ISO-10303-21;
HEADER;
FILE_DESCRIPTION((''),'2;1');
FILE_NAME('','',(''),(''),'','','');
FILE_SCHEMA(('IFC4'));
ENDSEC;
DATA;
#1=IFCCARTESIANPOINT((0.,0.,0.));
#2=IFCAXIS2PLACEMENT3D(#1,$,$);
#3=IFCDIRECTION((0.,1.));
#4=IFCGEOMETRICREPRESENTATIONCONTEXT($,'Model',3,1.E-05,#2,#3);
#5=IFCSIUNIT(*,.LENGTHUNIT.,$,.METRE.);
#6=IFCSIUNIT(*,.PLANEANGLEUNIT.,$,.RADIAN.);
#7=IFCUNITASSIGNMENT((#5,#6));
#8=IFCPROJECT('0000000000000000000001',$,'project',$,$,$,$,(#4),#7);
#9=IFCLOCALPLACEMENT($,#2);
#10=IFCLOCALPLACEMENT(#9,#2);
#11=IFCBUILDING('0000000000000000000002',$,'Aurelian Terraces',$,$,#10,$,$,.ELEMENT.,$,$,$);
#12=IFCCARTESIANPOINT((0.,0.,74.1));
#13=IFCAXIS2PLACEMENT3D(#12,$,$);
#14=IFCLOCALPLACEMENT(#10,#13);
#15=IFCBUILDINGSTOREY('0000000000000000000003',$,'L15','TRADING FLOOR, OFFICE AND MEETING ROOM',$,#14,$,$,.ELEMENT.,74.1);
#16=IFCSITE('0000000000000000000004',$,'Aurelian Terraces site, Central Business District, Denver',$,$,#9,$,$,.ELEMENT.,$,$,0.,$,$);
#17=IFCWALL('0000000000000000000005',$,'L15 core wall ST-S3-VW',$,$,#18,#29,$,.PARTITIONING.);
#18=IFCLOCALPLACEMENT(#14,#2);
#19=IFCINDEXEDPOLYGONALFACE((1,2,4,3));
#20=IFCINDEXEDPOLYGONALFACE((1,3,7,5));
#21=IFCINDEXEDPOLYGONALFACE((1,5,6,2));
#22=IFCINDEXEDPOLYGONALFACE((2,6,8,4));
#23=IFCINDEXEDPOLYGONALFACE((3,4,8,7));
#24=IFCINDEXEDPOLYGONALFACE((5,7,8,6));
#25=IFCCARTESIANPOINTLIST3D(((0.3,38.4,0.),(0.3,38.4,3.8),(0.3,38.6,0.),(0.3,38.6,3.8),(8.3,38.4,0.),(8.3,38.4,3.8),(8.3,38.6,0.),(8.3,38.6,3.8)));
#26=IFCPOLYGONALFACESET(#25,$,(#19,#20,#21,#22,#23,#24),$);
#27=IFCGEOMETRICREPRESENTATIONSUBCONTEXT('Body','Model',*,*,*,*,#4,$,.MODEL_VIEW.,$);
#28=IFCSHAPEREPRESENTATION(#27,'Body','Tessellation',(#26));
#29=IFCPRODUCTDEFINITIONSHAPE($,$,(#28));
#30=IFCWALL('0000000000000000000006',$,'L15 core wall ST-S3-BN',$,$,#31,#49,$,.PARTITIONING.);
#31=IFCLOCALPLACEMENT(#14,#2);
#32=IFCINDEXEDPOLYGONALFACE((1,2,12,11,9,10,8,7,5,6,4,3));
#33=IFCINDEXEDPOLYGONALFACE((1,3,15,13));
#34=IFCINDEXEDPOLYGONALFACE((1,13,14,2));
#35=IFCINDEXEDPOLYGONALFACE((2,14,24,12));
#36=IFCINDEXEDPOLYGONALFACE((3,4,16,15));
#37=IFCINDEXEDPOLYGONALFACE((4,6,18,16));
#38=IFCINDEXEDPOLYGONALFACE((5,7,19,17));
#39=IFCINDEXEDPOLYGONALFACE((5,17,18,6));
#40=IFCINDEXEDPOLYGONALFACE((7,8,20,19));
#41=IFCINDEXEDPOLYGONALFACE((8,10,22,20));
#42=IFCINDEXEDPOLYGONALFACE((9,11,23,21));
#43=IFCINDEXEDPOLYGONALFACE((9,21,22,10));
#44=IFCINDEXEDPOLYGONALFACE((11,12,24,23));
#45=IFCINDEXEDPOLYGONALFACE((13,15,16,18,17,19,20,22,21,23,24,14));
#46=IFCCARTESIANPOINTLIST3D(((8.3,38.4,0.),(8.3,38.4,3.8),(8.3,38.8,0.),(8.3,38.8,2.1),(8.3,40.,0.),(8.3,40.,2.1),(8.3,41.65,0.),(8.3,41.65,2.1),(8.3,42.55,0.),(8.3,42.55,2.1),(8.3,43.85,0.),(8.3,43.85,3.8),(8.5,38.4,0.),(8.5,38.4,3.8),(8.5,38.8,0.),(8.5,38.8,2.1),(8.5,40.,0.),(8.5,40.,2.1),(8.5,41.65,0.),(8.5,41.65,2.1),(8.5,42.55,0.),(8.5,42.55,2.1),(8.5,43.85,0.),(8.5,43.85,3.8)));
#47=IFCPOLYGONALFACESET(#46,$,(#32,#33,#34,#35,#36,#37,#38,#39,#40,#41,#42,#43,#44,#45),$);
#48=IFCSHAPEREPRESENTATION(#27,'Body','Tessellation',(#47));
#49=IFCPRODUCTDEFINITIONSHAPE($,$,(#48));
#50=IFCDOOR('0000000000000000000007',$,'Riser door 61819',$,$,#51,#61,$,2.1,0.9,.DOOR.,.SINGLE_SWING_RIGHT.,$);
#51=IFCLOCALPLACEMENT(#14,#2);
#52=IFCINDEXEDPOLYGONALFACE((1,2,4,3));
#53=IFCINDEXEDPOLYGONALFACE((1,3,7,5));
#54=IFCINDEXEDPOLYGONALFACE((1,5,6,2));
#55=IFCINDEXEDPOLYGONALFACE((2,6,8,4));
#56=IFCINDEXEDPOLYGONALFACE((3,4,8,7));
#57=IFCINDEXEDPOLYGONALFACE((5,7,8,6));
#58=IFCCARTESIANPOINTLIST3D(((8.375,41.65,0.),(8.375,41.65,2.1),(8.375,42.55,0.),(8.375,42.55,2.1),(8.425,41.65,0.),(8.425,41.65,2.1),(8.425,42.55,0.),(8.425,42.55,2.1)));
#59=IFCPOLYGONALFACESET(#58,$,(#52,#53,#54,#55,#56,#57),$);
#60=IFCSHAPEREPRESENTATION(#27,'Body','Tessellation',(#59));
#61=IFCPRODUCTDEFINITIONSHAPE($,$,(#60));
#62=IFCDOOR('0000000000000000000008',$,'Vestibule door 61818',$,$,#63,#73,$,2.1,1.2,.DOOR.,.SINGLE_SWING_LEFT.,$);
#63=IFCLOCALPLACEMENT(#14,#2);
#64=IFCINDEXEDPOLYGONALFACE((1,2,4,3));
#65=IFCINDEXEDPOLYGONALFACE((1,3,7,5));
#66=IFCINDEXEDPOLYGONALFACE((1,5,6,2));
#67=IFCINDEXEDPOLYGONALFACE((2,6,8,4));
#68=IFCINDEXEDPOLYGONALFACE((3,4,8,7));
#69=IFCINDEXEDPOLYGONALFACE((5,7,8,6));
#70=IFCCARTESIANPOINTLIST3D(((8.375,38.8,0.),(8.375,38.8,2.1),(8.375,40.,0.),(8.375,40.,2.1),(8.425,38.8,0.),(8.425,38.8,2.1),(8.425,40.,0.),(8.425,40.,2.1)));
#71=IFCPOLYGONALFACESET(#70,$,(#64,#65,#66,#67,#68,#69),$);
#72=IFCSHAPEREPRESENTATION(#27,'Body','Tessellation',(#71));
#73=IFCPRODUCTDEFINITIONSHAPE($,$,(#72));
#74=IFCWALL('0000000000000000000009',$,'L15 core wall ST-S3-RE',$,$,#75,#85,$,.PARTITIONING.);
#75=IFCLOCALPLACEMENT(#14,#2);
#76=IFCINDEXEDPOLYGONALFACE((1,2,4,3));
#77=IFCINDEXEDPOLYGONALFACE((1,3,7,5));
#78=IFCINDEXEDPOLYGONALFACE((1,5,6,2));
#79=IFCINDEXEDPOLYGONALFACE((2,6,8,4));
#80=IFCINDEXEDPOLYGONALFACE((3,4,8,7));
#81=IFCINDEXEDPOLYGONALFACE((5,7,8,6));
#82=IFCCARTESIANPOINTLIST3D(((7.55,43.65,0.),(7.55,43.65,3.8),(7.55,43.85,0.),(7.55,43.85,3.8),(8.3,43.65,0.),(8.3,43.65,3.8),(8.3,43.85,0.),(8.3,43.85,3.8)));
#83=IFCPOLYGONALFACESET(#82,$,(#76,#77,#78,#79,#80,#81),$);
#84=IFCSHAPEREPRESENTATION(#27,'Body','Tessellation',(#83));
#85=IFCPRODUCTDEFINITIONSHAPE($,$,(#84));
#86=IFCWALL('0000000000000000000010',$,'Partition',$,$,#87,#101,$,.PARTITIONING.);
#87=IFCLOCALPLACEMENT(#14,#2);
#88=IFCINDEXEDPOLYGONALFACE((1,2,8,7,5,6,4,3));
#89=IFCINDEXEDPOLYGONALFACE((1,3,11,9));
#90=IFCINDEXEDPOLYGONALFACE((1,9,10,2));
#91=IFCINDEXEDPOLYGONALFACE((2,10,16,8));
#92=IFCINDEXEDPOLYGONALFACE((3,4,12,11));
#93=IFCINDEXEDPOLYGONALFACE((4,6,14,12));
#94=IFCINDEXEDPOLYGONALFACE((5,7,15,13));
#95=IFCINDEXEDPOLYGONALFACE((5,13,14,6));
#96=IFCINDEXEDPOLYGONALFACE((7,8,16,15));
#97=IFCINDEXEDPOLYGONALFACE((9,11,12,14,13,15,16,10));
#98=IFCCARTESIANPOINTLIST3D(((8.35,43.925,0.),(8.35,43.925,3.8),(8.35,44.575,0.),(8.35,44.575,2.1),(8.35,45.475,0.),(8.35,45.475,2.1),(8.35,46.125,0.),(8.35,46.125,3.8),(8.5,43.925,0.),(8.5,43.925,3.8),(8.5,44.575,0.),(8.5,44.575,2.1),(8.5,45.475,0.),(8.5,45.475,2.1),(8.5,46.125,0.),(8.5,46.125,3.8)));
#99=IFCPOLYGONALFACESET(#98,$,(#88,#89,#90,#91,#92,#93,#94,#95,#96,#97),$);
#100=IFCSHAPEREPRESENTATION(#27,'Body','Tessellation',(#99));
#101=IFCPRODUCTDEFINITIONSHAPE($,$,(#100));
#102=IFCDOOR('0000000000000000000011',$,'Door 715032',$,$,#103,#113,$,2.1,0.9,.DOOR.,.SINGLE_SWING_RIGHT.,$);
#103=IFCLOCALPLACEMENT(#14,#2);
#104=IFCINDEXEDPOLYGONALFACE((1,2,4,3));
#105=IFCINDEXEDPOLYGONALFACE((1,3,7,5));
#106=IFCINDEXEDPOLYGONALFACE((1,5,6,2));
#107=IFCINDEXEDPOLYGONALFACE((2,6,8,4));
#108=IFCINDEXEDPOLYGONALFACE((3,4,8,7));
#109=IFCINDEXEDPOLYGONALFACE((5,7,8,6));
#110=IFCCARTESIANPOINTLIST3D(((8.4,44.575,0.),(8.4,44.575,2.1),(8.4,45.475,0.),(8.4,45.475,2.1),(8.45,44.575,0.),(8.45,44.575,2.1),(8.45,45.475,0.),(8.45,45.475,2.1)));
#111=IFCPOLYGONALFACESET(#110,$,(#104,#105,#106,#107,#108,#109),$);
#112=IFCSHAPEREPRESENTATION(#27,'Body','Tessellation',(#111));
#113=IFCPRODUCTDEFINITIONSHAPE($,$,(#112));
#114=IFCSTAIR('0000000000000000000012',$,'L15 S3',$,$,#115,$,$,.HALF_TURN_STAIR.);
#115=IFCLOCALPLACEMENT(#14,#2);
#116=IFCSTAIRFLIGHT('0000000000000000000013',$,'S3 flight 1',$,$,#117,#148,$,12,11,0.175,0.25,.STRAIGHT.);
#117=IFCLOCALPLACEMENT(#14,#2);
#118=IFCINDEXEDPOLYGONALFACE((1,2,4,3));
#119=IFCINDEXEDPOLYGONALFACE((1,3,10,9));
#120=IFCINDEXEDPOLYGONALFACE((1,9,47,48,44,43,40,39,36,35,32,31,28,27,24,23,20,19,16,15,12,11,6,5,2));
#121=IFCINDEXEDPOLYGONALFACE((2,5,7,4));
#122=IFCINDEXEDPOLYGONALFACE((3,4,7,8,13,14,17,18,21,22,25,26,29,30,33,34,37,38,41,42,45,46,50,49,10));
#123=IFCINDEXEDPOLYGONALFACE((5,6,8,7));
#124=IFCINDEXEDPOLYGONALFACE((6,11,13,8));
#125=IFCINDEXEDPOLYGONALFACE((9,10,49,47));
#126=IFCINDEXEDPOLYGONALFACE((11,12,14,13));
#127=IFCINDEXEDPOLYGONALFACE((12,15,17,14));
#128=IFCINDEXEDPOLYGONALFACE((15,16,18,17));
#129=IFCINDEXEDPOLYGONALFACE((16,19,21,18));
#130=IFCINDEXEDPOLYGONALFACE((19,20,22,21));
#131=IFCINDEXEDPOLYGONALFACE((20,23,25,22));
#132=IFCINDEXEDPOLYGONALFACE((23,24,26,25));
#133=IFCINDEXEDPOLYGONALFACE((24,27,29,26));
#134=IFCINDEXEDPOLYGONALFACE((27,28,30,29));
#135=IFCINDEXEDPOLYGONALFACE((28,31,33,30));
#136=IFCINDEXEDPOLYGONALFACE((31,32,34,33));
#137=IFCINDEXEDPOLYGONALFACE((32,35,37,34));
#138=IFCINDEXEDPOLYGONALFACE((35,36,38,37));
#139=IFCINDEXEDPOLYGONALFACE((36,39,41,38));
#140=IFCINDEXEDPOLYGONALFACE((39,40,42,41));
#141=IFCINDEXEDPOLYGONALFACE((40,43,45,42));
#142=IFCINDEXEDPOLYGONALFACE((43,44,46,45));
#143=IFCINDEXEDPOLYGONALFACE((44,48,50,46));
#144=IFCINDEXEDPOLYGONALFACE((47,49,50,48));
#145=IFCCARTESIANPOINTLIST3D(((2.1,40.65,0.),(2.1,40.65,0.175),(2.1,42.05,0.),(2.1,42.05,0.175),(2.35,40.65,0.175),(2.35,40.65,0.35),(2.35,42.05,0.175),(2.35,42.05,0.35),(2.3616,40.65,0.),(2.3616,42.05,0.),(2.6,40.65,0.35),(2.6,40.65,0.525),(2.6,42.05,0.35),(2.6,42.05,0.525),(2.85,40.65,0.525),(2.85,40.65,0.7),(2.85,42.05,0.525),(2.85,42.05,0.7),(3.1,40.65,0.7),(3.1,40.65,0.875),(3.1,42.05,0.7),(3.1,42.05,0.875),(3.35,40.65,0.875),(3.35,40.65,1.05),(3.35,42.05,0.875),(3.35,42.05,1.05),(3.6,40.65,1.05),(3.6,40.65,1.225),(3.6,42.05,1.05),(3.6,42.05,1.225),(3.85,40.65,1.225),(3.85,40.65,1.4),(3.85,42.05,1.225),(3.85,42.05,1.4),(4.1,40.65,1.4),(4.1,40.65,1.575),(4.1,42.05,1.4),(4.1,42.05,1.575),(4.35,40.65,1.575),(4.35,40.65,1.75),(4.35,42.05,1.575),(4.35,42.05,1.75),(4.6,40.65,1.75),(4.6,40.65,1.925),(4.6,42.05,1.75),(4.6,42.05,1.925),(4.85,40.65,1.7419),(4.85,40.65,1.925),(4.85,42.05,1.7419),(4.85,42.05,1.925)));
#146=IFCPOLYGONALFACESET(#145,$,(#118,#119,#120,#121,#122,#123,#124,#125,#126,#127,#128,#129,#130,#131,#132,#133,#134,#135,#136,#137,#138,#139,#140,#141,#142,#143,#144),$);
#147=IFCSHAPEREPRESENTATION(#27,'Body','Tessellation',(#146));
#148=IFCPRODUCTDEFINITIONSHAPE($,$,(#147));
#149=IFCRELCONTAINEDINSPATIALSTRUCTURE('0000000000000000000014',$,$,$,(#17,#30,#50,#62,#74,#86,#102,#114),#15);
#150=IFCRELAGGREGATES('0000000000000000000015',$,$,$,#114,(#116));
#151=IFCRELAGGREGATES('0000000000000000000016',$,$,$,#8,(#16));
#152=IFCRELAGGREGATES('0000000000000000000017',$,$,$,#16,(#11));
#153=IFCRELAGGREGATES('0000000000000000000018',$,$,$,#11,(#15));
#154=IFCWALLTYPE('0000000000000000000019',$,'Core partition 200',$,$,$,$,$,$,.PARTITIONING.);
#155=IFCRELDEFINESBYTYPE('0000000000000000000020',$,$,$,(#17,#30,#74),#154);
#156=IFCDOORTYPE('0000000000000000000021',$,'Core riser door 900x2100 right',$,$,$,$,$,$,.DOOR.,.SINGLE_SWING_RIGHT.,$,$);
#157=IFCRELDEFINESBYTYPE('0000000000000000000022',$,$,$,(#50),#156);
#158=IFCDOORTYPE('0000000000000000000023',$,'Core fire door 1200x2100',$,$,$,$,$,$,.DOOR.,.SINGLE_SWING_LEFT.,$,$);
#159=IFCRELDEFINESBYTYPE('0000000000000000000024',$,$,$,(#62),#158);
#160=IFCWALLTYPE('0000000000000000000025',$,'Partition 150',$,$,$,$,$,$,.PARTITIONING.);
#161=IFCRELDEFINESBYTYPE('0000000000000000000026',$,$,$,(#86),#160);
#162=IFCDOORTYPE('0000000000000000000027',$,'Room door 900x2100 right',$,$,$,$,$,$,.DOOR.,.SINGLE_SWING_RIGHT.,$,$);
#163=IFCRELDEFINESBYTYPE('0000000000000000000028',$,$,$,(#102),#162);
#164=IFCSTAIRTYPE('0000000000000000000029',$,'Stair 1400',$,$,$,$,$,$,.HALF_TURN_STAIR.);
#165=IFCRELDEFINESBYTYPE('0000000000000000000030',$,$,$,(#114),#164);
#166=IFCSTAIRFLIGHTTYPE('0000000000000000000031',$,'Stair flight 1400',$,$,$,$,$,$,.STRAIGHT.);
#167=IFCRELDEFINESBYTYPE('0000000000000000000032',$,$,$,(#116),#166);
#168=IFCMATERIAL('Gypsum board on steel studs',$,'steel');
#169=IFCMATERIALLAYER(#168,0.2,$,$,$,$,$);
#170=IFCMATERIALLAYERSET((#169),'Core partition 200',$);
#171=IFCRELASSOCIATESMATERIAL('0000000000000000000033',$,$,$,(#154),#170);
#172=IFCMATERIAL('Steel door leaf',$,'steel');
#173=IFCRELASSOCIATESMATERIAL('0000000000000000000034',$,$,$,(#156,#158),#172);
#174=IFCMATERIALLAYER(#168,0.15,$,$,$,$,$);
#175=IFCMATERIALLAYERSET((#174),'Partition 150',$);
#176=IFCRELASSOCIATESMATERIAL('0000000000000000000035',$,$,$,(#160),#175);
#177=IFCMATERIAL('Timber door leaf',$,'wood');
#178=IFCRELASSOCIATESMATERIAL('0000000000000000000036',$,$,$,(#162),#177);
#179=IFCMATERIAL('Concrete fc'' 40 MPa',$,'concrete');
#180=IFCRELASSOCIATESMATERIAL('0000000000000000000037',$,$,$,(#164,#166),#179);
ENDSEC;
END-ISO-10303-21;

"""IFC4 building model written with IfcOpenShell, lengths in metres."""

from ifc_helpers import new_model, si_unit, direction, frame, frame_2d, origin, place, context, subcontext, project, spatial, polyline, rectangle, outline, extrude, source, transform, mapped, material, layer, layer_set, type_object, element, fill, aggregate, save


model = new_model("IFC4")

# Units and contexts
model_context = context("Model", 3, precision=1e-05, world=origin(), true_north=direction((0.0, 1.0)))
body_context = subcontext(model_context, "Body", "Model", "MODEL_VIEW")
ifc_project = project(units=[si_unit("LENGTHUNIT", "METRE"), si_unit("PLANEANGLEUNIT", "RADIAN")], contexts=[model_context])

# Site, building, storey
site_placement = place(None, origin())
site = spatial("IfcSite", under=ifc_project, at=site_placement, Name="Aurelian Terraces site, Central Business District, Denver", CompositionType="ELEMENT", RefElevation=0.0)
building_placement = place(site_placement, origin())
building = spatial("IfcBuilding", under=site, at=building_placement, Name="Aurelian Terraces", CompositionType="ELEMENT")
storey_placement = place(building_placement, frame((0.0, 0.0, 74.1)))
storey = spatial("IfcBuildingStorey", under=building, at=storey_placement, Name="L15", Description="TRADING FLOOR, OFFICE AND MEETING ROOM", CompositionType="ELEMENT", Elevation=74.1)

# Shared definitions
ifc_material_1 = material(Name="Concrete fc' 40 MPa", Category="concrete")
ifc_material_2 = material(Name="Steel door leaf", Category="steel")

# Wall
ifc_material_3 = material(Name="Gypsum board on steel studs", Category="steel")
ifc_layer_1 = layer(ifc_material_3, 0.2)
ifc_layer_set_1 = layer_set([ifc_layer_1], Name="Core partition 200")
wall_type_1 = type_object("IfcWallType", Name="Core partition 200", PredefinedType="PARTITIONING", material=ifc_layer_set_1)
shared_shape_1 = source(origin(), body_context, "Body", "SweptSolid", [
    extrude(rectangle(XDim=8.0, YDim=0.2, at=frame_2d((4.0, 0.0))), origin(), (0.0, 0.0, 1.0), 3.8),
])
wall_1_placement = place(storey_placement, frame((0.3, 38.5, 0.0), z_axis=(0.0, 0.0, 1.0), x_axis=(1.0, 0.0, 0.0)))
element("IfcWall", 1, at=wall_1_placement, inside=storey, type_object=wall_type_1, Name="L15 core wall ST-S3-VW", PredefinedType="PARTITIONING", context=body_context, shape_type="MappedRepresentation", body=[
    mapped(shared_shape_1, transform((0.0, 0.0, 0.0), scale=1.0)),
])

# Wall, openings, doors
shared_shape_2 = source(origin(), body_context, "Body", "SweptSolid", [
    extrude(rectangle(XDim=5.45, YDim=0.2, at=frame_2d((2.725, 0.0))), origin(), (0.0, 0.0, 1.0), 3.8),
])
wall_2_placement = place(storey_placement, frame((8.4, 38.4, 0.0), z_axis=(0.0, 0.0, 1.0), x_axis=(0.0, 1.0, 0.0)))
wall_2 = element("IfcWall", 2, at=wall_2_placement, inside=storey, type_object=wall_type_1, Name="L15 core wall ST-S3-BN", PredefinedType="PARTITIONING", context=body_context, shape_type="MappedRepresentation", body=[
    mapped(shared_shape_2, transform((0.0, 0.0, 0.0), scale=1.0)),
])
shared_shape_3 = source(origin(), body_context, "Body", "SweptSolid", [
    extrude(rectangle(XDim=1.2, YDim=2.1, at=frame_2d((0.6, 1.05))), frame((0.0, 0.11, 0.0), z_axis=(0.0, -1.0, 0.0), x_axis=(1.0, 0.0, 0.0)), (0.0, 0.0, 1.0), 0.22),
])
opening_1_placement = place(wall_2_placement, frame((0.4, 0.0, 0.0)))
opening_1 = element("IfcOpeningElement", 3, at=opening_1_placement, cuts=wall_2, PredefinedType="OPENING", context=body_context, shape_type="MappedRepresentation", body=[
    mapped(shared_shape_3, transform((0.0, 0.0, 0.0), scale=1.0)),
])
shared_shape_4 = source(origin(), body_context, "Body", "SweptSolid", [
    extrude(rectangle(XDim=0.9, YDim=2.1, at=frame_2d((0.45, 1.05))), frame((0.0, 0.11, 0.0), z_axis=(0.0, -1.0, 0.0), x_axis=(1.0, 0.0, 0.0)), (0.0, 0.0, 1.0), 0.22),
])
opening_2_placement = place(wall_2_placement, frame((3.25, 0.0, 0.0)))
opening_2 = element("IfcOpeningElement", 4, at=opening_2_placement, cuts=wall_2, PredefinedType="OPENING", context=body_context, shape_type="MappedRepresentation", body=[
    mapped(shared_shape_4, transform((0.0, 0.0, 0.0), scale=1.0)),
])
door_type_1 = type_object("IfcDoorType", Name="Core riser door 900x2100 right", OperationType="SINGLE_SWING_RIGHT", PredefinedType="DOOR", material=ifc_material_2)
shared_shape_5 = source(origin(), body_context, "Body", "SweptSolid", [
    extrude(rectangle(XDim=0.9, YDim=2.1, at=frame_2d((0.45, 1.05))), frame((0.0, 0.025, 0.0), z_axis=(0.0, -1.0, 0.0), x_axis=(1.0, 0.0, 0.0)), (0.0, 0.0, 1.0), 0.05),
])
door_1_placement = place(opening_2_placement, origin())
door_1 = element("IfcDoor", 5, at=door_1_placement, inside=storey, type_object=door_type_1, Name="Riser door 61819", OperationType="SINGLE_SWING_RIGHT", OverallHeight=2.1, OverallWidth=0.9, PredefinedType="DOOR", context=body_context, shape_type="MappedRepresentation", body=[
    mapped(shared_shape_5, transform((0.0, 0.0, 0.0), scale=1.0)),
])
fill(opening_2, door_1)
door_type_2 = type_object("IfcDoorType", Name="Core fire door 1200x2100", OperationType="SINGLE_SWING_LEFT", PredefinedType="DOOR", material=ifc_material_2)
shared_shape_6 = source(origin(), body_context, "Body", "SweptSolid", [
    extrude(rectangle(XDim=1.2, YDim=2.1, at=frame_2d((0.6, 1.05))), frame((0.0, 0.025, 0.0), z_axis=(0.0, -1.0, 0.0), x_axis=(1.0, 0.0, 0.0)), (0.0, 0.0, 1.0), 0.05),
])
door_2_placement = place(opening_1_placement, origin())
door_2 = element("IfcDoor", 6, at=door_2_placement, inside=storey, type_object=door_type_2, Name="Vestibule door 61818", OperationType="SINGLE_SWING_LEFT", OverallHeight=2.1, OverallWidth=1.2, PredefinedType="DOOR", context=body_context, shape_type="MappedRepresentation", body=[
    mapped(shared_shape_6, transform((0.0, 0.0, 0.0), scale=1.0)),
])
fill(opening_1, door_2)

# Wall
shared_shape_7 = source(origin(), body_context, "Body", "SweptSolid", [
    extrude(rectangle(XDim=0.75, YDim=0.2, at=frame_2d((0.375, 0.0))), origin(), (0.0, 0.0, 1.0), 3.8),
])
wall_3_placement = place(storey_placement, frame((7.55, 43.75, 0.0), z_axis=(0.0, 0.0, 1.0), x_axis=(1.0, 0.0, 0.0)))
element("IfcWall", 7, at=wall_3_placement, inside=storey, type_object=wall_type_1, Name="L15 core wall ST-S3-RE", PredefinedType="PARTITIONING", context=body_context, shape_type="MappedRepresentation", body=[
    mapped(shared_shape_7, transform((0.0, 0.0, 0.0), scale=1.0)),
])

# Wall, opening, door
ifc_layer_2 = layer(ifc_material_3, 0.15)
ifc_layer_set_2 = layer_set([ifc_layer_2], Name="Partition 150")
wall_type_2 = type_object("IfcWallType", Name="Partition 150", PredefinedType="PARTITIONING", material=ifc_layer_set_2)
shared_shape_8 = source(origin(), body_context, "Body", "SweptSolid", [
    extrude(rectangle(XDim=2.2, YDim=0.15, at=frame_2d((1.1, 0.0))), origin(), (0.0, 0.0, 1.0), 3.8),
])
wall_4_placement = place(storey_placement, frame((8.425, 43.925, 0.0), z_axis=(0.0, 0.0, 1.0), x_axis=(0.0, 1.0, 0.0)))
wall_4 = element("IfcWall", 8, at=wall_4_placement, inside=storey, type_object=wall_type_2, Name="Partition", PredefinedType="PARTITIONING", context=body_context, shape_type="MappedRepresentation", body=[
    mapped(shared_shape_8, transform((0.0, 0.0, 0.0), scale=1.0)),
])
shared_shape_9 = source(origin(), body_context, "Body", "SweptSolid", [
    extrude(rectangle(XDim=0.9, YDim=2.1, at=frame_2d((0.45, 1.05))), frame((0.0, 0.085, 0.0), z_axis=(0.0, -1.0, 0.0), x_axis=(1.0, 0.0, 0.0)), (0.0, 0.0, 1.0), 0.17),
])
opening_3_placement = place(wall_4_placement, frame((0.65, 0.0, 0.0)))
opening_3 = element("IfcOpeningElement", 9, at=opening_3_placement, cuts=wall_4, PredefinedType="OPENING", context=body_context, shape_type="MappedRepresentation", body=[
    mapped(shared_shape_9, transform((0.0, 0.0, 0.0), scale=1.0)),
])
ifc_material_4 = material(Name="Timber door leaf", Category="wood")
door_type_3 = type_object("IfcDoorType", Name="Room door 900x2100 right", OperationType="SINGLE_SWING_RIGHT", PredefinedType="DOOR", material=ifc_material_4)
door_3_placement = place(opening_3_placement, origin())
door_3 = element("IfcDoor", 10, at=door_3_placement, inside=storey, type_object=door_type_3, Name="Door 715032", OperationType="SINGLE_SWING_RIGHT", OverallHeight=2.1, OverallWidth=0.9, PredefinedType="DOOR", context=body_context, shape_type="MappedRepresentation", body=[
    mapped(shared_shape_5, transform((0.0, 0.0, 0.0), scale=1.0)),
])
fill(opening_3, door_3)

# Stair, stair flight
stair_type = type_object("IfcStairType", Name="Stair 1400", PredefinedType="HALF_TURN_STAIR", material=ifc_material_1)
stair_placement = place(storey_placement, origin())
stair = element("IfcStair", 11, at=stair_placement, inside=storey, type_object=stair_type, Name="L15 S3", PredefinedType="HALF_TURN_STAIR")
stair_flight_type = type_object("IfcStairFlightType", Name="Stair flight 1400", PredefinedType="STRAIGHT", material=ifc_material_1)
shared_shape_10 = source(origin(), body_context, "Body", "SweptSolid", [
    extrude(outline(polyline([(0.0, 0.0), (0.0, 0.175), (0.25, 0.175), (0.25, 0.35), (0.5, 0.35), (0.5, 0.525), (0.75, 0.525), (0.75, 0.7), (1.0, 0.7), (1.0, 0.875), (1.25, 0.875), (1.25, 1.05), (1.5, 1.05), (1.5, 1.225), (1.75, 1.225), (1.75, 1.4), (2.0, 1.4), (2.0, 1.575), (2.25, 1.575), (2.25, 1.75), (2.5, 1.75), (2.5, 1.925), (2.75, 1.925), (2.75, 2.1), (2.75, 1.7419), (0.2616, 0.0), (0.0, 0.0)])), frame((0.0, 0.7, 0.0), z_axis=(0.0, -1.0, 0.0), x_axis=(1.0, 0.0, 0.0)), (0.0, 0.0, 1.0), 1.4),
])
stair_flight_1_placement = place(storey_placement, frame((2.1, 41.35, 0.0), z_axis=(0.0, 0.0, 1.0), x_axis=(1.0, 0.0, 0.0)))
stair_flight_1 = element("IfcStairFlight", 12, at=stair_flight_1_placement, type_object=stair_flight_type, Name="S3 flight 1", NumberOfRisers=12, NumberOfTreads=11, PredefinedType="STRAIGHT", RiserHeight=0.175, TreadLength=0.25, context=body_context, shape_type="MappedRepresentation", body=[
    mapped(shared_shape_10, transform((0.0, 0.0, 0.0), scale=1.0)),
])
aggregate(stair, [stair_flight_1])

save(model, "model.ifc")
